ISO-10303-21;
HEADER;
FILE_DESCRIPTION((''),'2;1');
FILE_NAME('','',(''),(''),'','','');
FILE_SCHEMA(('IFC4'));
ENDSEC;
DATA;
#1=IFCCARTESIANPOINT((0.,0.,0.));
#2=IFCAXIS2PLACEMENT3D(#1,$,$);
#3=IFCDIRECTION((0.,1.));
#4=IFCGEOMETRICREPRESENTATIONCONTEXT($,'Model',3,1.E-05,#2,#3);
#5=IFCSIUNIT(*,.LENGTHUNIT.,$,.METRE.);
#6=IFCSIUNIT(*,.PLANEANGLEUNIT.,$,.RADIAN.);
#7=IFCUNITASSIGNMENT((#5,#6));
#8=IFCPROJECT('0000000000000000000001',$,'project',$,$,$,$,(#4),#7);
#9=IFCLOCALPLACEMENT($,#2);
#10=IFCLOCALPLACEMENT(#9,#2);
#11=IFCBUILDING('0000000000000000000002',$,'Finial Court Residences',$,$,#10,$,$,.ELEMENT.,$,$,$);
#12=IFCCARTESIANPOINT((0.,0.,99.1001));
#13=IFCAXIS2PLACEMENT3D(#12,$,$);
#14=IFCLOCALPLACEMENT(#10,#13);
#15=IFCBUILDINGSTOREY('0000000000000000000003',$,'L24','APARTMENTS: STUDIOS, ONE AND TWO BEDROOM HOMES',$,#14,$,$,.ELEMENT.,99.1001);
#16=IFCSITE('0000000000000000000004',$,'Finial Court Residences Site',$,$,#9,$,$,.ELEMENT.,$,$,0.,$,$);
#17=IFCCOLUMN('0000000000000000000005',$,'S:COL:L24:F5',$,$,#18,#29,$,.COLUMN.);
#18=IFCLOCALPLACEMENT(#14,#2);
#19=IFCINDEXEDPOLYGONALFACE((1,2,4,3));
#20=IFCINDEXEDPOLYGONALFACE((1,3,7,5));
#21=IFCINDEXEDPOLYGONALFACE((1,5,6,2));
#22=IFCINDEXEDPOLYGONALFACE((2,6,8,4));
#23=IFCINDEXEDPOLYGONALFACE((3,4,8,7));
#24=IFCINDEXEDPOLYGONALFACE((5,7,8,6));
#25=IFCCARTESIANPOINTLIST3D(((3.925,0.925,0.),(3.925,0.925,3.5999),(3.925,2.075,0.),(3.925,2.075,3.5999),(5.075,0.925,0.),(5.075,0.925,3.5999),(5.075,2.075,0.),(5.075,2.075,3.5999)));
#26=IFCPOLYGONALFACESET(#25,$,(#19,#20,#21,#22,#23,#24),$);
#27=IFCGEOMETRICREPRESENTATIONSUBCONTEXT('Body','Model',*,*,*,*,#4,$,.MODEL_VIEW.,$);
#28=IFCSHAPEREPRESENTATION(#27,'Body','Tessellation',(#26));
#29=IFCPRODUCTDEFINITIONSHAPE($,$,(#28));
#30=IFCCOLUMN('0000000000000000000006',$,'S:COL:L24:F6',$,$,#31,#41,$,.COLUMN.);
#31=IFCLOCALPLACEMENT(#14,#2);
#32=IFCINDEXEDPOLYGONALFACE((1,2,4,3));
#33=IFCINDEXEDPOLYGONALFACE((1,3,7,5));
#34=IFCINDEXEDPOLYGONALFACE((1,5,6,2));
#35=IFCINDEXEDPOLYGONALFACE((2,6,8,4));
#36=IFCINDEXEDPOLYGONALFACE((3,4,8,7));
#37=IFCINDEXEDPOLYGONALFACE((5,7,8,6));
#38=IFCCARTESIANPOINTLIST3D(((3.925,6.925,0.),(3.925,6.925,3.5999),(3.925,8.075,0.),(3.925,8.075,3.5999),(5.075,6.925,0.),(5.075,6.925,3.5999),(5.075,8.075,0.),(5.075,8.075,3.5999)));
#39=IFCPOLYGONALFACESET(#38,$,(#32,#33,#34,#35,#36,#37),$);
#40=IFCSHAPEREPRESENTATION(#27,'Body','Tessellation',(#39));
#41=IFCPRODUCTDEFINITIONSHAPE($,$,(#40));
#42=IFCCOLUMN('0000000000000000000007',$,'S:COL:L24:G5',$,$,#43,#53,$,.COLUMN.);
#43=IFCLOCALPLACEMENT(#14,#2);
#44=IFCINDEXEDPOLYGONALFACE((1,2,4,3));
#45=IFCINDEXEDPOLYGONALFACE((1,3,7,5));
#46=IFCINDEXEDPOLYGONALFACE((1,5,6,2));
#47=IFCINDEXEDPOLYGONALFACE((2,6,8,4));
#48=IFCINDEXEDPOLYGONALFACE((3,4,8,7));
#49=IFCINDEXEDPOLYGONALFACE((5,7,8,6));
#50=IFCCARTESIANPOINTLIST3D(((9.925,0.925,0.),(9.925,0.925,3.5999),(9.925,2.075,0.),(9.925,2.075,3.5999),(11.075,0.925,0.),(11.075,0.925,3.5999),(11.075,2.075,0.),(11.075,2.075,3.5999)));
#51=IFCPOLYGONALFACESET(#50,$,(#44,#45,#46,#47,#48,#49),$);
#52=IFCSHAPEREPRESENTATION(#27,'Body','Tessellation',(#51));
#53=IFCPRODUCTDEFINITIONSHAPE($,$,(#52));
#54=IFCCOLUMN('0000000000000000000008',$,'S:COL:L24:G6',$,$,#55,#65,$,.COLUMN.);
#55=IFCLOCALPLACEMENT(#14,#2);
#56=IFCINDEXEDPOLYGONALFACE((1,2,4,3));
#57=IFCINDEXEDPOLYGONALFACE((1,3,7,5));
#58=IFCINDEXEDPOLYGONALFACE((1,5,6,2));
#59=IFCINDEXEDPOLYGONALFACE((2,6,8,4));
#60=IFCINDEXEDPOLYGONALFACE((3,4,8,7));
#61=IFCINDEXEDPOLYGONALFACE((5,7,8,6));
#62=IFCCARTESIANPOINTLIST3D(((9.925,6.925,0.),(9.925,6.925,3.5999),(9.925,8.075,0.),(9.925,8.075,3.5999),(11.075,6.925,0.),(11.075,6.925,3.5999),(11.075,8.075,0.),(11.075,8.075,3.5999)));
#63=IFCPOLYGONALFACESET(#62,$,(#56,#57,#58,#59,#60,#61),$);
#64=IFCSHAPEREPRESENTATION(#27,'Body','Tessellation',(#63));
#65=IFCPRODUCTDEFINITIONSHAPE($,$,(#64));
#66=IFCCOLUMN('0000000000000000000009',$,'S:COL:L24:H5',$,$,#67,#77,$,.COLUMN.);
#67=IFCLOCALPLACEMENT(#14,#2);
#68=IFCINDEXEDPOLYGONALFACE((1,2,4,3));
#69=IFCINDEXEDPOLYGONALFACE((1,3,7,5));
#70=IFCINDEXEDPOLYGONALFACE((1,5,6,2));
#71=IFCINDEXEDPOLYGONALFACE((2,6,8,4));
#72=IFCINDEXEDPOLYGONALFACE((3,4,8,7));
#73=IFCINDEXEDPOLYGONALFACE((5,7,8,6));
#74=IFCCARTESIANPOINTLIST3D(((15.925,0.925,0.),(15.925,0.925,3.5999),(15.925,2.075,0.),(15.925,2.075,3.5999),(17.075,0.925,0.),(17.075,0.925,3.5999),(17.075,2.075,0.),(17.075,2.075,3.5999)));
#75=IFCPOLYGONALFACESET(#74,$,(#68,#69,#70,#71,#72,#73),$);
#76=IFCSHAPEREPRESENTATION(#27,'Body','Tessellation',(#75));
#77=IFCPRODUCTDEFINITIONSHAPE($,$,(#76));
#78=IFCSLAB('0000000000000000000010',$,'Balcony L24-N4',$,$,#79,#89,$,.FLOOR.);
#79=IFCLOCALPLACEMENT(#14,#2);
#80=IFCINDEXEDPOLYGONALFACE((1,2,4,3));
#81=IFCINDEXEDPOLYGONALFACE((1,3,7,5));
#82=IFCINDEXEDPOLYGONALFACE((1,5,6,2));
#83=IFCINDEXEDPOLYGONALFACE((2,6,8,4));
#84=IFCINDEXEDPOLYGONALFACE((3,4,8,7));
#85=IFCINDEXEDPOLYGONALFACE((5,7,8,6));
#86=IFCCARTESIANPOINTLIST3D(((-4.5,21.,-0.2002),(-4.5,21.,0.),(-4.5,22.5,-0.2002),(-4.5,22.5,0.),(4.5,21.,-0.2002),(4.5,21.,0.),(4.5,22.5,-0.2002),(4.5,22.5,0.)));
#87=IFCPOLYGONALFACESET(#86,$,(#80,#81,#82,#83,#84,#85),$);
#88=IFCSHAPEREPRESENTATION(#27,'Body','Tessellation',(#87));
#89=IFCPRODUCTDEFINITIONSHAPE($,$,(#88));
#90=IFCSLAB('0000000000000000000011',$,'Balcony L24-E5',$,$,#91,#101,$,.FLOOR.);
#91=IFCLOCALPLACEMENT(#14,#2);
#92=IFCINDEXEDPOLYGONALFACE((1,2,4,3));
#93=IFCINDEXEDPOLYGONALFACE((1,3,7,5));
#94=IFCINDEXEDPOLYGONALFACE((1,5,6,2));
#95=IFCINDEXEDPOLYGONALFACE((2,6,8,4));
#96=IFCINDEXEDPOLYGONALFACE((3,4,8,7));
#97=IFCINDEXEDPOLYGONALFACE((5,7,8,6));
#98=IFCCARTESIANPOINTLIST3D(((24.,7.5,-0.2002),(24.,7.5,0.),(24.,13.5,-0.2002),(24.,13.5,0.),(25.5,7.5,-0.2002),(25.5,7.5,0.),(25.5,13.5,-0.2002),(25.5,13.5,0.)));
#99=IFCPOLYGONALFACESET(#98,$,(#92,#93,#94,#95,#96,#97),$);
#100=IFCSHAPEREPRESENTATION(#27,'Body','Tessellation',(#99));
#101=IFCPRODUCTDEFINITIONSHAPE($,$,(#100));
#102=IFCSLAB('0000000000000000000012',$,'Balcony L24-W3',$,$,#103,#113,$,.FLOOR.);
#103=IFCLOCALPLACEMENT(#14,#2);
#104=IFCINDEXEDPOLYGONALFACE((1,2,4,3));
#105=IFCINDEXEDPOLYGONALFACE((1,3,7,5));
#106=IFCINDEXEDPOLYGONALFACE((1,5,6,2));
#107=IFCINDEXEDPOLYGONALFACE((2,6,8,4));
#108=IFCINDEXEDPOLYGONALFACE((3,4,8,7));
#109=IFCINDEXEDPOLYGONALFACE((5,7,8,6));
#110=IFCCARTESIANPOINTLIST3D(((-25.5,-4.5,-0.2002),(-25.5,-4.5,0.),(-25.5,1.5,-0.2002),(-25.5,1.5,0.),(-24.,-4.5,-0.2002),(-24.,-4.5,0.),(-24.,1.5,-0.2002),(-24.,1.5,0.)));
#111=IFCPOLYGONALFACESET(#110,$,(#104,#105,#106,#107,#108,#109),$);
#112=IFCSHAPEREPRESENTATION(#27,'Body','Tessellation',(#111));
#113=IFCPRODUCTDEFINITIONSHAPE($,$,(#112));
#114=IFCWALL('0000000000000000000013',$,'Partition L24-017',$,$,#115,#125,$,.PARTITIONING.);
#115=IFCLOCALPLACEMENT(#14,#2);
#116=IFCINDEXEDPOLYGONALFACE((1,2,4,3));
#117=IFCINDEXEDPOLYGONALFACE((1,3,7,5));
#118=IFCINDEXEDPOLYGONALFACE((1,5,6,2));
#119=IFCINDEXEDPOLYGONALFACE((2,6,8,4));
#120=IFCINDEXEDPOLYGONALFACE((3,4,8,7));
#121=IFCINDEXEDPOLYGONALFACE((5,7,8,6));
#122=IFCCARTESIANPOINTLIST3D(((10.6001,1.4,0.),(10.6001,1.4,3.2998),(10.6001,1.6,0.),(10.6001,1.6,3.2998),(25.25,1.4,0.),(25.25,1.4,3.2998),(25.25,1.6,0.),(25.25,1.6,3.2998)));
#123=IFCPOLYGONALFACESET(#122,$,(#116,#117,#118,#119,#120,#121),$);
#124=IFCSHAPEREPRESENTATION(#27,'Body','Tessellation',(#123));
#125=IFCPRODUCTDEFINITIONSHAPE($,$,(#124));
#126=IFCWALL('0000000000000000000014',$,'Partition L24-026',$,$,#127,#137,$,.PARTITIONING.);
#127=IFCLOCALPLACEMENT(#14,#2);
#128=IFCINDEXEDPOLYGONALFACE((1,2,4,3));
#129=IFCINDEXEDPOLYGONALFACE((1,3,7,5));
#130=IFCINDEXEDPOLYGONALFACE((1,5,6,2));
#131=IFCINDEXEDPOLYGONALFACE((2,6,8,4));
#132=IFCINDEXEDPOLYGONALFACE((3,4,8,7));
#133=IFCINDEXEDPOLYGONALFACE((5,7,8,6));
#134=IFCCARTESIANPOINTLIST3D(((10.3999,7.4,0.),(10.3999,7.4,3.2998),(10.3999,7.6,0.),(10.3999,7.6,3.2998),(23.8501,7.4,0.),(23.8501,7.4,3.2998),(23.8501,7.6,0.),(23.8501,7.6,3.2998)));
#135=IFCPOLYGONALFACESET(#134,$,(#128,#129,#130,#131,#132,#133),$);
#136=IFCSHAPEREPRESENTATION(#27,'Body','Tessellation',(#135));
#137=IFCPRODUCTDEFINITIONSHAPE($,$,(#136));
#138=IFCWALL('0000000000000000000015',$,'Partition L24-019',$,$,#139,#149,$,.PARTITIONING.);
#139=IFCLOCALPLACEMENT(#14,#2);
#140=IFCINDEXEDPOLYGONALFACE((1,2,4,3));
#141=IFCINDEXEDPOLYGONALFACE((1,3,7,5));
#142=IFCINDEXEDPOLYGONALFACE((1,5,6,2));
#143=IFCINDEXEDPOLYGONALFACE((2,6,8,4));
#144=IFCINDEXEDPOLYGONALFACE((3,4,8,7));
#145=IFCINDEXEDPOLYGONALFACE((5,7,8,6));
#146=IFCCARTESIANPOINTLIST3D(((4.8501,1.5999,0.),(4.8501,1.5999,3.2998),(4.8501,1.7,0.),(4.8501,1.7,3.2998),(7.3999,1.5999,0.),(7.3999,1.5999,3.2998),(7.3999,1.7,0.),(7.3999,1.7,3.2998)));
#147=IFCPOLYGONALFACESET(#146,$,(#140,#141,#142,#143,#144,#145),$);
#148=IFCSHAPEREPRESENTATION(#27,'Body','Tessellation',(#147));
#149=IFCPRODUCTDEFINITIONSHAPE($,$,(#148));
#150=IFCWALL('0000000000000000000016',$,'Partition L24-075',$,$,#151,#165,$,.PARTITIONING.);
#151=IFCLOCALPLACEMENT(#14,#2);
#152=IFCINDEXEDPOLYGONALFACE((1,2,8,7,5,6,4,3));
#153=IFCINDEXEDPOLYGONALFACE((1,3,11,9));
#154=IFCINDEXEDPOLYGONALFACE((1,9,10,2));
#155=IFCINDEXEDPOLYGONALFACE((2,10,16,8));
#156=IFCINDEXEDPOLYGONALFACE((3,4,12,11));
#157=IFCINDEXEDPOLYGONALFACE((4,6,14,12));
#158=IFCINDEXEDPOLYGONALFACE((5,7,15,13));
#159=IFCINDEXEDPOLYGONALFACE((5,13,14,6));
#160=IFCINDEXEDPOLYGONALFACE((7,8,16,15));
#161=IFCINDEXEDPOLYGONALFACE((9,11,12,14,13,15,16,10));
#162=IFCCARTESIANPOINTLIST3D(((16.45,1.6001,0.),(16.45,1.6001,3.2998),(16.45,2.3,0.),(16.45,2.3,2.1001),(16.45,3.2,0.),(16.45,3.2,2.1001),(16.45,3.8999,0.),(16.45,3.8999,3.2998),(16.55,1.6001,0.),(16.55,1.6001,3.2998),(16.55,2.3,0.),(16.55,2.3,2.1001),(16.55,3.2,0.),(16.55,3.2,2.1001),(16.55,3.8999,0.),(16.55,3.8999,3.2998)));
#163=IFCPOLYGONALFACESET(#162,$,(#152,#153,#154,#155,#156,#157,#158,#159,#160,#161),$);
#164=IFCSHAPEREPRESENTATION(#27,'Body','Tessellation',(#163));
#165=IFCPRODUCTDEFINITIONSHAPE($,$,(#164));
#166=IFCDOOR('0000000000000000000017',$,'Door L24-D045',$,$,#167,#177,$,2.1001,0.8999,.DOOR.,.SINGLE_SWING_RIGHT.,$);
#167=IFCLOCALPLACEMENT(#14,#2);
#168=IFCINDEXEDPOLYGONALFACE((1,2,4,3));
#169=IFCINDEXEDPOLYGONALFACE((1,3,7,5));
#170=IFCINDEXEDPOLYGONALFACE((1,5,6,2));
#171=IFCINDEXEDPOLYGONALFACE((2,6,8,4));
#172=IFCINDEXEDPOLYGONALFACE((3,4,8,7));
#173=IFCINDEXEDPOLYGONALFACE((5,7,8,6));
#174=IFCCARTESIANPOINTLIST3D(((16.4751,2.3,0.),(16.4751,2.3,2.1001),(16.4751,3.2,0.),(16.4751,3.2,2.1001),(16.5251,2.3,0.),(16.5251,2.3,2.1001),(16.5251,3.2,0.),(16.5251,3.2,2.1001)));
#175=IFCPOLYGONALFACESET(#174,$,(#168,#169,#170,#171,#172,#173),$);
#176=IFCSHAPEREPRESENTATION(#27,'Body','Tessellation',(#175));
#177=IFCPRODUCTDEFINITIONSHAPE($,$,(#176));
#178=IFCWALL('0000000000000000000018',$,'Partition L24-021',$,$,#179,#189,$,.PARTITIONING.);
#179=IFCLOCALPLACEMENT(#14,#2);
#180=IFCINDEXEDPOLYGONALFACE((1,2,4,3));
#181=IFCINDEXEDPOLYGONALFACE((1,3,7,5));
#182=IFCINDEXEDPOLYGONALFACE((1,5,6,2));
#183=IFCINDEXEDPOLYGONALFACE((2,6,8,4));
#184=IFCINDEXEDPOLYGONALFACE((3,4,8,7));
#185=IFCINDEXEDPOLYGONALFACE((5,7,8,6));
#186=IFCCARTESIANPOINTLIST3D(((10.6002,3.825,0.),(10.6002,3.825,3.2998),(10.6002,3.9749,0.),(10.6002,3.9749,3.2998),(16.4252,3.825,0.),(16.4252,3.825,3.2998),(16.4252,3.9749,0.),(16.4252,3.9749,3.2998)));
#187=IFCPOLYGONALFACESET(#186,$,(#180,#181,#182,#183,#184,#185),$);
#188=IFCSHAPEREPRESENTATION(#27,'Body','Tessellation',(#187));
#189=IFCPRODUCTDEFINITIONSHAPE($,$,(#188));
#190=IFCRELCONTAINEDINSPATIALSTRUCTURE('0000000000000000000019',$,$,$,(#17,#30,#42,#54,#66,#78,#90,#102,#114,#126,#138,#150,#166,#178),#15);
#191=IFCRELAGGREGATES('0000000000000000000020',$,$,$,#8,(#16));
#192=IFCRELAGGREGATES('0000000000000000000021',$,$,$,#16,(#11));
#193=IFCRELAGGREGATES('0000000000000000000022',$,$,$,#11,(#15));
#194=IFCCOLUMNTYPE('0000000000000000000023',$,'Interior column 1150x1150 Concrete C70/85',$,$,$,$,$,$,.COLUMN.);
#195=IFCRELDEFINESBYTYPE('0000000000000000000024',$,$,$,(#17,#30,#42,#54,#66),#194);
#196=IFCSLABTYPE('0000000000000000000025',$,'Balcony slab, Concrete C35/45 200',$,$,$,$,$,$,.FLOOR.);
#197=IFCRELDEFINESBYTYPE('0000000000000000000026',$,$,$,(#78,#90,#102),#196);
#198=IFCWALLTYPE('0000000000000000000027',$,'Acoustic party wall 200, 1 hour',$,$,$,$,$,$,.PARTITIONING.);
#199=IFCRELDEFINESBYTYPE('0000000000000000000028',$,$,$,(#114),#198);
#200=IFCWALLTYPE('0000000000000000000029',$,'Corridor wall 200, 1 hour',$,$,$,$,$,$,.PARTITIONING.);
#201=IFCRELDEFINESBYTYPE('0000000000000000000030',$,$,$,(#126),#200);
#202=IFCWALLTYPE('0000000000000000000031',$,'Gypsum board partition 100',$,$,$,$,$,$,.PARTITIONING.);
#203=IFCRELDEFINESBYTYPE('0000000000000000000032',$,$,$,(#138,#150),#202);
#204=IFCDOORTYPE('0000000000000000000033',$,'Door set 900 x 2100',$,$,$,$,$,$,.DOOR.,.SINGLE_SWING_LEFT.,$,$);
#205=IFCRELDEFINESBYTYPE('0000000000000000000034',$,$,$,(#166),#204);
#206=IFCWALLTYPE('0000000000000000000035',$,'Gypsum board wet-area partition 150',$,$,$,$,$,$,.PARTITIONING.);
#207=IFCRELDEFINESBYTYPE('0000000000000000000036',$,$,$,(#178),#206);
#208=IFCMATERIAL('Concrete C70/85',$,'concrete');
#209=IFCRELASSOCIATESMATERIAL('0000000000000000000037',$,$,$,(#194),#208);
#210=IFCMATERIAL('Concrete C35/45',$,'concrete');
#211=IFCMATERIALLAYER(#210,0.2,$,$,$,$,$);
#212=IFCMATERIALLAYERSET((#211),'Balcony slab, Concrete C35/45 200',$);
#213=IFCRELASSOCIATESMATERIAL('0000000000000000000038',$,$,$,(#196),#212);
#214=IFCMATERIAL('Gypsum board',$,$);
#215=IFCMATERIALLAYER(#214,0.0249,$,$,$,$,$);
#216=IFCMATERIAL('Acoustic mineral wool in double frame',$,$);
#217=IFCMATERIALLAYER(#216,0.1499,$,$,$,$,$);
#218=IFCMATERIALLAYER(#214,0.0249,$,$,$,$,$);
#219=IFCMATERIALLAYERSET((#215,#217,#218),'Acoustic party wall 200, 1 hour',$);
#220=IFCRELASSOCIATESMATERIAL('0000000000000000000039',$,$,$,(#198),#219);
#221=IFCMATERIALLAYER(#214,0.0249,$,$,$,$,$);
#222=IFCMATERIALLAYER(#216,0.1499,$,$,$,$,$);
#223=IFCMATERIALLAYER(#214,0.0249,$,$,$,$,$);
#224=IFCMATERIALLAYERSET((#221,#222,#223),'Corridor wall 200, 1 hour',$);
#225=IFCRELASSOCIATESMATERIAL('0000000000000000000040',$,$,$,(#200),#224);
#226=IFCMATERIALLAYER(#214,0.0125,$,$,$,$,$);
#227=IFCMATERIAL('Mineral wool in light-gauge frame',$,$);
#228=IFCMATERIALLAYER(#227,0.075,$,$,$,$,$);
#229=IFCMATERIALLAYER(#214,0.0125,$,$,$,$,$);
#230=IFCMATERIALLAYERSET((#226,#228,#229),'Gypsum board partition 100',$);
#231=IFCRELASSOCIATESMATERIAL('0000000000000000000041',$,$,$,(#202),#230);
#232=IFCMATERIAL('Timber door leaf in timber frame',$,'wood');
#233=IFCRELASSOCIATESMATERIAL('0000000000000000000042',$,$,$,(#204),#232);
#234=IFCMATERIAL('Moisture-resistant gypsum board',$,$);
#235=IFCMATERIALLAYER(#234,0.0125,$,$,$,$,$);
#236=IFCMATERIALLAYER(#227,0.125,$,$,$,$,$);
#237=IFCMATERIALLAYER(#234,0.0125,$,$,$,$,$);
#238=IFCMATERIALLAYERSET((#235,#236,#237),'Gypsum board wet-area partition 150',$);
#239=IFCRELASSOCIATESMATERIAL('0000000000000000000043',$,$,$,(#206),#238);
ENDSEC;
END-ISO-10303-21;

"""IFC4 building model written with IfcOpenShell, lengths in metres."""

from ifc_helpers import new_model, si_unit, direction, frame, frame_2d, origin, origin_2d, place, context, subcontext, project, spatial, polyline, rectangle, outline, extrude, material, layer, layer_set, material_profile, profile_set, type_object, element, fill, save


model = new_model("IFC4")

# Units and contexts
model_context = context("Model", 3, precision=1e-05, world=origin(), true_north=direction((0.0, 1.0)))
body_context = subcontext(model_context, "Body", "Model", "MODEL_VIEW")
ifc_project = project(units=[si_unit("LENGTHUNIT", "METRE"), si_unit("PLANEANGLEUNIT", "RADIAN")], contexts=[model_context])

# Site, building, storey
site_placement = place(None, origin())
site = spatial("IfcSite", under=ifc_project, at=site_placement, Name="Finial Court Residences Site", CompositionType="ELEMENT", RefElevation=0.0)
building_placement = place(site_placement, origin())
building = spatial("IfcBuilding", under=site, at=building_placement, Name="Finial Court Residences", CompositionType="ELEMENT")
storey_placement = place(building_placement, frame((0.0, 0.0, 99.1001)))
storey = spatial("IfcBuildingStorey", under=building, at=storey_placement, Name="L24", Description="APARTMENTS: STUDIOS, ONE AND TWO BEDROOM HOMES", CompositionType="ELEMENT", Elevation=99.1001)

# Columns
ifc_material_1 = material(Name="Concrete C70/85", Category="concrete")
ifc_material_profile = material_profile(ifc_material_1, rectangle(XDim=1.1499, YDim=1.1499, at=origin_2d()), Name="1150x1150")
ifc_profile_set = profile_set([ifc_material_profile], Name="Concrete C70/85")
column_type = type_object("IfcColumnType", Name="Interior column 1150x1150 Concrete C70/85", PredefinedType="COLUMN", material=ifc_profile_set)
for number, where, z_axis, x_axis, name in (
    (1, (4.5, 1.5, 0.0), (0.0, 0.0, 1.0), (1.0, 0.0, 0.0), "S:COL:L24:F5"),
    (2, (4.5, 7.5, 0.0), (0.0, 0.0, 1.0), (1.0, 0.0, 0.0), "S:COL:L24:F6"),
    (3, (10.5, 1.5, 0.0), (0.0, 0.0, 1.0), (1.0, 0.0, 0.0), "S:COL:L24:G5"),
    (4, (10.5, 7.5, 0.0), (0.0, 0.0, 1.0), (1.0, 0.0, 0.0), "S:COL:L24:G6"),
    (5, (16.5, 1.5, 0.0), (0.0, 0.0, 1.0), (1.0, 0.0, 0.0), "S:COL:L24:H5"),
):
    element("IfcColumn", number, at=place(storey_placement, frame(where, z_axis=z_axis, x_axis=x_axis)), inside=storey, type_object=column_type, Name=name, PredefinedType="COLUMN", context=body_context, shape_type="SweptSolid", body=[
        extrude(rectangle(XDim=1.1499, YDim=1.1499, at=origin_2d()), origin(), (0.0, 0.0, 1.0), 3.5999),
    ])

# Slabs
ifc_material_2 = material(Name="Concrete C35/45", Category="concrete")
ifc_layer_1 = layer(ifc_material_2, 0.2)
ifc_layer_set_1 = layer_set([ifc_layer_1], Name="Balcony slab, Concrete C35/45 200")
slab_type = type_object("IfcSlabType", Name="Balcony slab, Concrete C35/45 200", PredefinedType="FLOOR", material=ifc_layer_set_1)
slab_1_placement = place(storey_placement, frame((0.0, 0.0, -0.2002)))
element("IfcSlab", 6, at=slab_1_placement, inside=storey, type_object=slab_type, Name="Balcony L24-N4", PredefinedType="FLOOR", context=body_context, shape_type="SweptSolid", body=[
    extrude(outline(polyline([(4.5, 21.0), (4.5, 22.5), (-4.5, 22.5), (-4.5, 21.0), (4.5, 21.0)])), origin(), (0.0, 0.0, 1.0), 0.2002),
])
slab_2_placement = place(storey_placement, frame((0.0, 0.0, -0.2002)))
element("IfcSlab", 7, at=slab_2_placement, inside=storey, type_object=slab_type, Name="Balcony L24-E5", PredefinedType="FLOOR", context=body_context, shape_type="SweptSolid", body=[
    extrude(outline(polyline([(25.5, 7.5), (25.5, 13.5), (24.0, 13.5), (24.0, 7.5), (25.5, 7.5)])), origin(), (0.0, 0.0, 1.0), 0.2002),
])
slab_3_placement = place(storey_placement, frame((0.0, 0.0, -0.2002)))
element("IfcSlab", 8, at=slab_3_placement, inside=storey, type_object=slab_type, Name="Balcony L24-W3", PredefinedType="FLOOR", context=body_context, shape_type="SweptSolid", body=[
    extrude(outline(polyline([(-24.0, -4.5), (-24.0, 1.5), (-25.5, 1.5), (-25.5, -4.5), (-24.0, -4.5)])), origin(), (0.0, 0.0, 1.0), 0.2002),
])

# Walls
ifc_material_3 = material(Name="Gypsum board")
ifc_layer_2 = layer(ifc_material_3, 0.0249)
ifc_material_4 = material(Name="Acoustic mineral wool in double frame")
ifc_layer_3 = layer(ifc_material_4, 0.1499)
ifc_layer_4 = layer(ifc_material_3, 0.0249)
ifc_layer_set_2 = layer_set([ifc_layer_2, ifc_layer_3, ifc_layer_4], Name="Acoustic party wall 200, 1 hour")
wall_type_1 = type_object("IfcWallType", Name="Acoustic party wall 200, 1 hour", PredefinedType="PARTITIONING", material=ifc_layer_set_2)
wall_1_placement = place(storey_placement, frame((10.6001, 1.5, 0.0), z_axis=(0.0, 0.0, 1.0), x_axis=(1.0, 0.0, 0.0)))
element("IfcWall", 9, at=wall_1_placement, inside=storey, type_object=wall_type_1, Name="Partition L24-017", PredefinedType="PARTITIONING", context=body_context, shape_type="SweptSolid", body=[
    extrude(rectangle(XDim=14.6499, YDim=0.2, at=frame_2d((7.325, 0.0))), origin(), (0.0, 0.0, 1.0), 3.2998),
])
ifc_layer_5 = layer(ifc_material_3, 0.0249)
ifc_layer_6 = layer(ifc_material_4, 0.1499)
ifc_layer_7 = layer(ifc_material_3, 0.0249)
ifc_layer_set_3 = layer_set([ifc_layer_5, ifc_layer_6, ifc_layer_7], Name="Corridor wall 200, 1 hour")
wall_type_2 = type_object("IfcWallType", Name="Corridor wall 200, 1 hour", PredefinedType="PARTITIONING", material=ifc_layer_set_3)
wall_2_placement = place(storey_placement, frame((10.3999, 7.5, 0.0), z_axis=(0.0, 0.0, 1.0), x_axis=(1.0, 0.0, 0.0)))
element("IfcWall", 10, at=wall_2_placement, inside=storey, type_object=wall_type_2, Name="Partition L24-026", PredefinedType="PARTITIONING", context=body_context, shape_type="SweptSolid", body=[
    extrude(rectangle(XDim=13.4502, YDim=0.2, at=frame_2d((6.7251, 0.0))), origin(), (0.0, 0.0, 1.0), 3.2998),
])
ifc_layer_8 = layer(ifc_material_3, 0.0125)
ifc_material_5 = material(Name="Mineral wool in light-gauge frame")
ifc_layer_9 = layer(ifc_material_5, 0.075)
ifc_layer_10 = layer(ifc_material_3, 0.0125)
ifc_layer_set_4 = layer_set([ifc_layer_8, ifc_layer_9, ifc_layer_10], Name="Gypsum board partition 100")
wall_type_3 = type_object("IfcWallType", Name="Gypsum board partition 100", PredefinedType="PARTITIONING", material=ifc_layer_set_4)
wall_3_placement = place(storey_placement, frame((4.8501, 1.6499, 0.0), z_axis=(0.0, 0.0, 1.0), x_axis=(1.0, 0.0, 0.0)))
element("IfcWall", 11, at=wall_3_placement, inside=storey, type_object=wall_type_3, Name="Partition L24-019", PredefinedType="PARTITIONING", context=body_context, shape_type="SweptSolid", body=[
    extrude(rectangle(XDim=2.5498, YDim=0.1001, at=frame_2d((1.2749, 0.0))), origin(), (0.0, 0.0, 1.0), 3.2998),
])

# Wall, opening, door
wall_4_placement = place(storey_placement, frame((16.5, 1.6001, 0.0), z_axis=(0.0, 0.0, 1.0), x_axis=(0.0, 1.0, 0.0)))
wall_4 = element("IfcWall", 12, at=wall_4_placement, inside=storey, type_object=wall_type_3, Name="Partition L24-075", PredefinedType="PARTITIONING", context=body_context, shape_type="SweptSolid", body=[
    extrude(rectangle(XDim=2.2998, YDim=0.1001, at=frame_2d((1.1499, 0.0))), origin(), (0.0, 0.0, 1.0), 3.2998),
])
opening_1_placement = place(wall_4_placement, frame((0.7, 0.0, 0.0)))
opening_1 = element("IfcOpeningElement", 13, at=opening_1_placement, cuts=wall_4, PredefinedType="OPENING", context=body_context, shape_type="SweptSolid", body=[
    extrude(rectangle(XDim=0.8999, YDim=2.1001, at=frame_2d((0.45, 1.05))), frame((0.0, 0.0601, 0.0), z_axis=(0.0, -1.0, 0.0), x_axis=(1.0, 0.0, 0.0)), (0.0, 0.0, 1.0), 0.1201),
])
ifc_material_6 = material(Name="Timber door leaf in timber frame", Category="wood")
door_type = type_object("IfcDoorType", Name="Door set 900 x 2100", OperationType="SINGLE_SWING_LEFT", PredefinedType="DOOR", material=ifc_material_6)
door_1_placement = place(opening_1_placement, origin())
door_1 = element("IfcDoor", 14, at=door_1_placement, inside=storey, type_object=door_type, Name="Door L24-D045", OperationType="SINGLE_SWING_RIGHT", OverallHeight=2.1001, OverallWidth=0.8999, PredefinedType="DOOR", context=body_context, shape_type="SweptSolid", body=[
    extrude(rectangle(XDim=0.8999, YDim=2.1001, at=frame_2d((0.45, 1.05))), frame((0.0, 0.0249, 0.0), z_axis=(0.0, -1.0, 0.0), x_axis=(1.0, 0.0, 0.0)), (0.0, 0.0, 1.0), 0.05),
])
fill(opening_1, door_1)

# Wall
ifc_material_7 = material(Name="Moisture-resistant gypsum board")
ifc_layer_11 = layer(ifc_material_7, 0.0125)
ifc_layer_12 = layer(ifc_material_5, 0.125)
ifc_layer_13 = layer(ifc_material_7, 0.0125)
ifc_layer_set_5 = layer_set([ifc_layer_11, ifc_layer_12, ifc_layer_13], Name="Gypsum board wet-area partition 150")
wall_type_4 = type_object("IfcWallType", Name="Gypsum board wet-area partition 150", PredefinedType="PARTITIONING", material=ifc_layer_set_5)
wall_5_placement = place(storey_placement, frame((10.6001, 3.8999, 0.0), z_axis=(0.0, 0.0, 1.0), x_axis=(1.0, 0.0, 0.0)))
element("IfcWall", 15, at=wall_5_placement, inside=storey, type_object=wall_type_4, Name="Partition L24-021", PredefinedType="PARTITIONING", context=body_context, shape_type="SweptSolid", body=[
    extrude(rectangle(XDim=5.825, YDim=0.1499, at=frame_2d((2.9126, 0.0))), origin(), (0.0, 0.0, 1.0), 3.2998),
])

save(model, "model.ifc")
